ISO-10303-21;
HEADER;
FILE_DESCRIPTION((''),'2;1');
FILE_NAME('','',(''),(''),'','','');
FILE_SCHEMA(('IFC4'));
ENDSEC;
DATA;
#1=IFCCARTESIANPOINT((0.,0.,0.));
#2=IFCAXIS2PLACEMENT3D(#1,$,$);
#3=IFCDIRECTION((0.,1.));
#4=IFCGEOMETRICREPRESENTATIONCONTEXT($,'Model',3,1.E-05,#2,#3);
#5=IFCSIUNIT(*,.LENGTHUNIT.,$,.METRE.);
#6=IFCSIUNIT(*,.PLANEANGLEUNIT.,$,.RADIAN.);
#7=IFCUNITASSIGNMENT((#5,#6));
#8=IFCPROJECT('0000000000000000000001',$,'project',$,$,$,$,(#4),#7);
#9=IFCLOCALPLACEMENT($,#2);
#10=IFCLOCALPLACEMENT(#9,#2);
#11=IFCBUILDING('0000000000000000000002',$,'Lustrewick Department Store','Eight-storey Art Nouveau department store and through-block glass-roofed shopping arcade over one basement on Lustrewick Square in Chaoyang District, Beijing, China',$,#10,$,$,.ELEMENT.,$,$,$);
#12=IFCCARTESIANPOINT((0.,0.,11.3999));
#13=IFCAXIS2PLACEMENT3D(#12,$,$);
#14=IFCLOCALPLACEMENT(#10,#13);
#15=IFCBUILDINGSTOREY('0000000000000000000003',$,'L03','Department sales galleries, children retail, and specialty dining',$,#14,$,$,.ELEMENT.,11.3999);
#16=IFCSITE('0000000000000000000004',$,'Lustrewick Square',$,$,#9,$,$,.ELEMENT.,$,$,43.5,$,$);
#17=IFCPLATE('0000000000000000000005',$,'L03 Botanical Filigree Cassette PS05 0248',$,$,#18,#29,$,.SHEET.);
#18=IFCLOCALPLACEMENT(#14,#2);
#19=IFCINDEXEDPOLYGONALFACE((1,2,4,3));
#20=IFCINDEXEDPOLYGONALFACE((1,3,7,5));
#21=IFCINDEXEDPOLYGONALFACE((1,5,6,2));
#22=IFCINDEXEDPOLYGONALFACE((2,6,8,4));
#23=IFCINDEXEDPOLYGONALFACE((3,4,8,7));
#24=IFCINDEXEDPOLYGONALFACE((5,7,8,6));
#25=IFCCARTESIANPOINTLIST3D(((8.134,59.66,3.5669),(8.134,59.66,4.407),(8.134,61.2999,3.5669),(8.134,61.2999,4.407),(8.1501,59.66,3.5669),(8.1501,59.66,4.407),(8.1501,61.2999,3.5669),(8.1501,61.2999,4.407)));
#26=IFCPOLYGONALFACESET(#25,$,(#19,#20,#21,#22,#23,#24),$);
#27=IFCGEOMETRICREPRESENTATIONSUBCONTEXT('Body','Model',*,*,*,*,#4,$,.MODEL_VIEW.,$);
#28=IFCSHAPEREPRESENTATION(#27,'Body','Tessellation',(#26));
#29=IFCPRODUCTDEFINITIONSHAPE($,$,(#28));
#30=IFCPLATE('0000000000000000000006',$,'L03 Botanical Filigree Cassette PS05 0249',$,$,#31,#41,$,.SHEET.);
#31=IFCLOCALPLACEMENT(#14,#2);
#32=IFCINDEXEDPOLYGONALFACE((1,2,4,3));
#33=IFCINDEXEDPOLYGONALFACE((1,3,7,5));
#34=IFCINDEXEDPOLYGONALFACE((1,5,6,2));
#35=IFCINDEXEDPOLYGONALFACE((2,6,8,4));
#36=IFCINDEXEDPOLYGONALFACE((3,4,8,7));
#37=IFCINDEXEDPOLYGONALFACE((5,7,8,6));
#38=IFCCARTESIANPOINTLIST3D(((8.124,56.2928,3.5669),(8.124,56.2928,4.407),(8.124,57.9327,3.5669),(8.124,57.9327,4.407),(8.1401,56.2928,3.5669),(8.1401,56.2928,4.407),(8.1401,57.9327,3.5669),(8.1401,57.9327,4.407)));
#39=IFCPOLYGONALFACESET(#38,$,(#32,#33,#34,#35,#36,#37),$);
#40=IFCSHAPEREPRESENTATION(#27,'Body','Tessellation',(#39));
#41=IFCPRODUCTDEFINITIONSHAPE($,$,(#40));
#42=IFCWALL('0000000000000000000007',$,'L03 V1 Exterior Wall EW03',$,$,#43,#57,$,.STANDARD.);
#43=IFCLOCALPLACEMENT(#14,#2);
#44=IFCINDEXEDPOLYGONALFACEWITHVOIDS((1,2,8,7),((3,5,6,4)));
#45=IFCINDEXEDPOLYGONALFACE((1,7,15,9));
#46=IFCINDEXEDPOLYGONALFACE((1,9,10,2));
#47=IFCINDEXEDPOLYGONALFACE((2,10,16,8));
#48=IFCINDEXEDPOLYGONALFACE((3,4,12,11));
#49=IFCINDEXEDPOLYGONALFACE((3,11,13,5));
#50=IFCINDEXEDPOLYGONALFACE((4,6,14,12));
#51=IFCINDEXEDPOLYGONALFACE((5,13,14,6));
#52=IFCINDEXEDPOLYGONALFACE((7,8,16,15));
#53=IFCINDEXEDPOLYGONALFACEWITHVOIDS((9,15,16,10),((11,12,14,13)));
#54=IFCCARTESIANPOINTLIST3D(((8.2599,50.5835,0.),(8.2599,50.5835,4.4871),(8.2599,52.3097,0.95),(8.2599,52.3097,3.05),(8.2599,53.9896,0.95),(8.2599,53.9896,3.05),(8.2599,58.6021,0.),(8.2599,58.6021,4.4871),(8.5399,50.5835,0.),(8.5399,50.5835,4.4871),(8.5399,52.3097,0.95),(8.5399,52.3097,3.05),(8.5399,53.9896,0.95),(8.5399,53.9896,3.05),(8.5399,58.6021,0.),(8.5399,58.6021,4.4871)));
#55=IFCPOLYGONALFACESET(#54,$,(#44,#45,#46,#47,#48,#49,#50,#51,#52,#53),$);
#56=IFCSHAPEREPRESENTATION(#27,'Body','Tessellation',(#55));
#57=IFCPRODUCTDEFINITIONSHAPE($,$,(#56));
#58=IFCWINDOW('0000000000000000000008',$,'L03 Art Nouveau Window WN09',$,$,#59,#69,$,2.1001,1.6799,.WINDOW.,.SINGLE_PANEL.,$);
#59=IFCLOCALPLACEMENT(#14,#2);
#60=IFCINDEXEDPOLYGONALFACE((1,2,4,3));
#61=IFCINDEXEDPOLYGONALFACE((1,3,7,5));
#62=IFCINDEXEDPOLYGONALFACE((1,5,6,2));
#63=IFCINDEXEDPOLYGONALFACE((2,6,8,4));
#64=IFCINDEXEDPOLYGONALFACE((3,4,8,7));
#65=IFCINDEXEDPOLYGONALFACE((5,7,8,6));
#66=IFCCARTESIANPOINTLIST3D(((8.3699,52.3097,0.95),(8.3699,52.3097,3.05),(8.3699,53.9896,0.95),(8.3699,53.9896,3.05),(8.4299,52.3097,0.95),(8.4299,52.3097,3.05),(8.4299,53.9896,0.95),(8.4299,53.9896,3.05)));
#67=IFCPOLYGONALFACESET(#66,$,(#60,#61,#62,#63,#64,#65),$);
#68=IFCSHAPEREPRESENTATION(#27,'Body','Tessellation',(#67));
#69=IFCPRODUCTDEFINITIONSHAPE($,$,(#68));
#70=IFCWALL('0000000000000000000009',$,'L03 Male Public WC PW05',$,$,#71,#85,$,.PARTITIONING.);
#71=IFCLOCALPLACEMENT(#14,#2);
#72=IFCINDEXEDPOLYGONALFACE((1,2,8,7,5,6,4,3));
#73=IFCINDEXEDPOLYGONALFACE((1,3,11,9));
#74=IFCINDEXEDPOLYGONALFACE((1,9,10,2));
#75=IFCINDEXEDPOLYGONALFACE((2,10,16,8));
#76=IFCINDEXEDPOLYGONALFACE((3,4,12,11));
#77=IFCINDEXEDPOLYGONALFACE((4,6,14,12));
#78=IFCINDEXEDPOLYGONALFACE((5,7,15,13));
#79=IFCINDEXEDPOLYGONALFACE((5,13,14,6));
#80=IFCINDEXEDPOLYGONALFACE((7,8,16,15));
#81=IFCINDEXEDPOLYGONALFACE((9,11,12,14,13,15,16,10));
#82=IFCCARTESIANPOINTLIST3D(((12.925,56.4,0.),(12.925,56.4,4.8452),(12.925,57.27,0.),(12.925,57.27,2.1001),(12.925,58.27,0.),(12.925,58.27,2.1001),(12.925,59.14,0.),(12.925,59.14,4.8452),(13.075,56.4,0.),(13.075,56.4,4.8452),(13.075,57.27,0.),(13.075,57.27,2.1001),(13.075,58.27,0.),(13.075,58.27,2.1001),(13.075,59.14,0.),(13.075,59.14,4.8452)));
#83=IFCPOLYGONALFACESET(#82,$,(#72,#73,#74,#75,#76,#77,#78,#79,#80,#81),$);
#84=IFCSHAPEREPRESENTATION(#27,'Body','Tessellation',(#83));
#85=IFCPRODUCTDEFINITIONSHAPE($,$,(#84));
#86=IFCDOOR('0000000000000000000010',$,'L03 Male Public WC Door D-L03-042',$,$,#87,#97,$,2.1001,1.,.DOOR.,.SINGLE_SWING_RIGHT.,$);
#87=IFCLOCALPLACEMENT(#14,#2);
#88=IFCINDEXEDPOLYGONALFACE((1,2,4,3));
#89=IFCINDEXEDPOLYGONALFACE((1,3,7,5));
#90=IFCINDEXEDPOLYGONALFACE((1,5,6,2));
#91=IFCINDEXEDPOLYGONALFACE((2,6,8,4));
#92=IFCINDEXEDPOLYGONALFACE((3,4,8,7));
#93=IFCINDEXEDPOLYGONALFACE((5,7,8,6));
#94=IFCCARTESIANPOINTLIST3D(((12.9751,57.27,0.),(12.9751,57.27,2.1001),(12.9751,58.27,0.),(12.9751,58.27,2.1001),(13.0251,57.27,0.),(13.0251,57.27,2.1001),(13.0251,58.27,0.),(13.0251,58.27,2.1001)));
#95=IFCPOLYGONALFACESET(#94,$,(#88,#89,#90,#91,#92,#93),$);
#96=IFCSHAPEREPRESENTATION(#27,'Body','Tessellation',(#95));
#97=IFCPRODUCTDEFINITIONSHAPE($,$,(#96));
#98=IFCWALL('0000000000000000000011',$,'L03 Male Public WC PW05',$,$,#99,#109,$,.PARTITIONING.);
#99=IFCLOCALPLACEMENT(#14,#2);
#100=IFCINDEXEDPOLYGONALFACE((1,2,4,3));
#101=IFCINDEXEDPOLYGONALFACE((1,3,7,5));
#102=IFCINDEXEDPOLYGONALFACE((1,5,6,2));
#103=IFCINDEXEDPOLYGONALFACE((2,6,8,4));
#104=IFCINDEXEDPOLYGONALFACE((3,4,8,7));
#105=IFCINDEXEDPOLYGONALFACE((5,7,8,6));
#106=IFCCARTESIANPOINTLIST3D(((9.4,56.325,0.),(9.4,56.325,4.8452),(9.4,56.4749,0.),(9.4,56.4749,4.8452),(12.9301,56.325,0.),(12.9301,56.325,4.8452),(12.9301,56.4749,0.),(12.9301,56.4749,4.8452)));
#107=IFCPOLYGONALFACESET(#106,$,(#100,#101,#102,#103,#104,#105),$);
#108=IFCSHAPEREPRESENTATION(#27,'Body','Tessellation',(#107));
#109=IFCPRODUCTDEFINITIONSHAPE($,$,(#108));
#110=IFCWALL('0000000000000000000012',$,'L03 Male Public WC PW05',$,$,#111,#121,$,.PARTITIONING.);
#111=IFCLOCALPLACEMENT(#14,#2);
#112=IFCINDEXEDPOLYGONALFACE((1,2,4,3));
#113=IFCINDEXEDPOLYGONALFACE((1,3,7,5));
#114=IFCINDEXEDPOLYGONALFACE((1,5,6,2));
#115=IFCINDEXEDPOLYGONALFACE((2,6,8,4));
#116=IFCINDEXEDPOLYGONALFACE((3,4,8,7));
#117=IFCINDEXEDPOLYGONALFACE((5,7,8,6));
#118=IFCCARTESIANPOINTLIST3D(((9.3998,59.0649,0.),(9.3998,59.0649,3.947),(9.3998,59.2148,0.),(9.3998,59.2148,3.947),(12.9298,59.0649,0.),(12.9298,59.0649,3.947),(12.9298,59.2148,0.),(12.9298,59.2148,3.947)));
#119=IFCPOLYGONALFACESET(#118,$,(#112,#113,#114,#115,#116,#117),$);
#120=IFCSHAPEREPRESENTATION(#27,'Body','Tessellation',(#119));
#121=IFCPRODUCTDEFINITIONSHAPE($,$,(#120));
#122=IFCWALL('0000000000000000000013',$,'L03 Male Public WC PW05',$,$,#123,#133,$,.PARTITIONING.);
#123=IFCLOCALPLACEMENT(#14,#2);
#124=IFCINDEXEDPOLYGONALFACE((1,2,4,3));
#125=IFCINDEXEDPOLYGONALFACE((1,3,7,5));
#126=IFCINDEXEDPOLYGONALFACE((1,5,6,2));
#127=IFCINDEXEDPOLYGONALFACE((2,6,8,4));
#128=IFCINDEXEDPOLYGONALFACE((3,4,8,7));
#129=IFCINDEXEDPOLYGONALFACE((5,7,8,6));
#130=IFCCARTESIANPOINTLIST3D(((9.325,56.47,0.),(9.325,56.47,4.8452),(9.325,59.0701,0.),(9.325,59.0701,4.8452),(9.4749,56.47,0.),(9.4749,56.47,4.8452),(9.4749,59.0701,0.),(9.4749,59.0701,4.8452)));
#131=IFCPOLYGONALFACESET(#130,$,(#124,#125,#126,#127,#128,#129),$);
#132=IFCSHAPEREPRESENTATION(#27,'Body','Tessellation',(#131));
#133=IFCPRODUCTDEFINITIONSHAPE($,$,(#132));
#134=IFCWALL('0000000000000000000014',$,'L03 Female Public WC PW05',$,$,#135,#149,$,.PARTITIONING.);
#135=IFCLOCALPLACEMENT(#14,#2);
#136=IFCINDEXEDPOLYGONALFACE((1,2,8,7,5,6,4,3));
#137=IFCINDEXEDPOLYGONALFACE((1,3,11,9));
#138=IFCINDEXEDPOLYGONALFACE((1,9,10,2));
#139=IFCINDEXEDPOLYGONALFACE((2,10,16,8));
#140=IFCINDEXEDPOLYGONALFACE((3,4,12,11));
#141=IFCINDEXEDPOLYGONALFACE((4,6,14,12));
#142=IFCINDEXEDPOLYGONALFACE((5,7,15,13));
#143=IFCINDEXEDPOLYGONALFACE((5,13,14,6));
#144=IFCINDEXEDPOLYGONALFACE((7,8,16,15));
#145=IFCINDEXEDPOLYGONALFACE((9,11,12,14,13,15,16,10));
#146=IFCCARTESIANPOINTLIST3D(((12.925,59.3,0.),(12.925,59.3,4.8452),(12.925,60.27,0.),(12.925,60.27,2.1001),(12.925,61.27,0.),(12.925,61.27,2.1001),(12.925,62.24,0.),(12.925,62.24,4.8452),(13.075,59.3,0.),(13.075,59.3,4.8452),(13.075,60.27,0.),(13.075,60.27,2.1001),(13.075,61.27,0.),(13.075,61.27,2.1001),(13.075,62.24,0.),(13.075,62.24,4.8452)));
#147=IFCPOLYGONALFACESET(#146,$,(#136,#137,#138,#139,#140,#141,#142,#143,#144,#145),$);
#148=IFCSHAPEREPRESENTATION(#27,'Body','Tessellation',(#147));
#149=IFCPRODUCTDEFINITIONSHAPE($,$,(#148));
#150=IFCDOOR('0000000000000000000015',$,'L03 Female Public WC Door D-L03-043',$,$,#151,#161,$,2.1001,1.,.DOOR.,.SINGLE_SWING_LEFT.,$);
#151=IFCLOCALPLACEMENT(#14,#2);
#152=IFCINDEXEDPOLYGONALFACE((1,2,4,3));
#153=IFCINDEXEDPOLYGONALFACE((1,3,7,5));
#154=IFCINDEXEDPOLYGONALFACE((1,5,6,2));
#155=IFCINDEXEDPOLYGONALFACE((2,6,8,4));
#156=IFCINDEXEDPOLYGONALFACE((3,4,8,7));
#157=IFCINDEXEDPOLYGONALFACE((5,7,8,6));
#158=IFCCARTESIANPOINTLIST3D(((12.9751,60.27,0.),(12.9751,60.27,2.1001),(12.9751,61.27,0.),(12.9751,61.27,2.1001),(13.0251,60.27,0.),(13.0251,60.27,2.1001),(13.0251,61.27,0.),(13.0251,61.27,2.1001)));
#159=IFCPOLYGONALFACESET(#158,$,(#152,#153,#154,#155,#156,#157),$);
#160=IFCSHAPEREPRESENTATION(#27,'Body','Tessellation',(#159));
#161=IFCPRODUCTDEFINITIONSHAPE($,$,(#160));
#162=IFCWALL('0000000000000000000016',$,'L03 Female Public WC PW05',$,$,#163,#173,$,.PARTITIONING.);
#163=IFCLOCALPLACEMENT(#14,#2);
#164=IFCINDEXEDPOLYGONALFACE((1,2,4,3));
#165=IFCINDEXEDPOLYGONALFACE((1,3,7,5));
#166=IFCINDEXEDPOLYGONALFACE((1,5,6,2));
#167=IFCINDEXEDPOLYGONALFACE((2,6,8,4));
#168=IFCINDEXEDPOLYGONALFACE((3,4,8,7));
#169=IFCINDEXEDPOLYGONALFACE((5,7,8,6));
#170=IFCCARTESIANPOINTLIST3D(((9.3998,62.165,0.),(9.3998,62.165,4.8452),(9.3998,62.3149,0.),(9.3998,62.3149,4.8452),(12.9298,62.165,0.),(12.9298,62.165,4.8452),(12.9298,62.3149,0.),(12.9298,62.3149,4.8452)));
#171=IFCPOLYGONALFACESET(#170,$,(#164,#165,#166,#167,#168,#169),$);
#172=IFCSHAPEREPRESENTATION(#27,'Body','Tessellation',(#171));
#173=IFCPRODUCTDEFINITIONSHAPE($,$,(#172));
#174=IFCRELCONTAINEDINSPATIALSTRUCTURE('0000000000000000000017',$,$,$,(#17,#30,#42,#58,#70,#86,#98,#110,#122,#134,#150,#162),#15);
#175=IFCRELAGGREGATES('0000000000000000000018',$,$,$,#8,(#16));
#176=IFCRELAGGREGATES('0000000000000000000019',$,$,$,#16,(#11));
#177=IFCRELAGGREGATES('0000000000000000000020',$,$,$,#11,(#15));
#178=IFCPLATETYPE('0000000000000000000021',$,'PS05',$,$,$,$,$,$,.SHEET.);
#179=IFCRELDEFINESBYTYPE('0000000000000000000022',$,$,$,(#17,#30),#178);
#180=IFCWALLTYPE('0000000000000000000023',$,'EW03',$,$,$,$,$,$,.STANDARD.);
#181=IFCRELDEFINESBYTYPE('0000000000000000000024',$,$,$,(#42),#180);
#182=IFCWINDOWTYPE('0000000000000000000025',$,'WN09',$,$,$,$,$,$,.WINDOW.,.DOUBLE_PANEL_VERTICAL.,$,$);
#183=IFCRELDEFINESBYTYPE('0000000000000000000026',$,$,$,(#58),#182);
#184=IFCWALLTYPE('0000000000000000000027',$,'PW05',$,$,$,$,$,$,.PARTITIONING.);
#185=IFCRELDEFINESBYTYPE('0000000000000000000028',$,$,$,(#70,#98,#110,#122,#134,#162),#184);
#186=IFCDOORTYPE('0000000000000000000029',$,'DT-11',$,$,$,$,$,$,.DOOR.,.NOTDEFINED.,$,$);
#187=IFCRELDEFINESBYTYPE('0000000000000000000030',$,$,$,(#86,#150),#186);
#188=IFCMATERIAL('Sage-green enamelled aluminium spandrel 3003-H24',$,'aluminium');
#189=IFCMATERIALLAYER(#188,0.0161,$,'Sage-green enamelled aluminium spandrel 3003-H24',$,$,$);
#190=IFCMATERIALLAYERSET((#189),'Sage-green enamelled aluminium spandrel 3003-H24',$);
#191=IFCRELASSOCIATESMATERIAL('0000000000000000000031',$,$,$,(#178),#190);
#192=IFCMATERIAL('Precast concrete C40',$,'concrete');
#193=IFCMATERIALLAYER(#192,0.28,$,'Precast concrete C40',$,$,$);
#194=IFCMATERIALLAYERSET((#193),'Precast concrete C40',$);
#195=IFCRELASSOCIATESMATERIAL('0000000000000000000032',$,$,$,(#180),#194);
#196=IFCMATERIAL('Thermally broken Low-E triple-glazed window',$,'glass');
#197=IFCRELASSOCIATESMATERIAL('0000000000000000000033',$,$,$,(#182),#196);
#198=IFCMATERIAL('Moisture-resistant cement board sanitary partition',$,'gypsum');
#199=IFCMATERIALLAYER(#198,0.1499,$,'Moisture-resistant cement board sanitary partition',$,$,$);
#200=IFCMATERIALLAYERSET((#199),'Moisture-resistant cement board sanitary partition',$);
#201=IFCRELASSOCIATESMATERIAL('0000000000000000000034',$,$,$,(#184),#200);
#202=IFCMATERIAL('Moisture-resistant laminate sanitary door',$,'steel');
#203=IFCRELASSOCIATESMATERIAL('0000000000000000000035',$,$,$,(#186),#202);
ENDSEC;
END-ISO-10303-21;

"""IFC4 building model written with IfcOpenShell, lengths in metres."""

from ifc_helpers import new_model, si_unit, direction, frame, frame_2d, origin, origin_2d, place, context, subcontext, project, spatial, rectangle, extrude, material, layer, layer_set, type_object, element, fill, save


model = new_model("IFC4")

# Units and contexts
model_context = context("Model", 3, precision=1e-05, world=origin(), true_north=direction((0.0, 1.0)))
body_context = subcontext(model_context, "Body", "Model", "MODEL_VIEW")
ifc_project = project(units=[si_unit("LENGTHUNIT", "METRE"), si_unit("PLANEANGLEUNIT", "RADIAN")], contexts=[model_context])

# Site, building, storey
site_placement = place(None, origin())
site = spatial("IfcSite", under=ifc_project, at=site_placement, Name="Lustrewick Square", CompositionType="ELEMENT", RefElevation=43.5)
building_placement = place(site_placement, origin())
building = spatial("IfcBuilding", under=site, at=building_placement, Name="Lustrewick Department Store", Description="Eight-storey Art Nouveau department store and through-block glass-roofed shopping arcade over one basement on Lustrewick Square in Chaoyang District, Beijing, China", CompositionType="ELEMENT")
storey_placement = place(building_placement, frame((0.0, 0.0, 11.3999)))
storey = spatial("IfcBuildingStorey", under=building, at=storey_placement, Name="L03", Description="Department sales galleries, children retail, and specialty dining", CompositionType="ELEMENT", Elevation=11.3999)

# Plates
ifc_material_1 = material(Name="Sage-green enamelled aluminium spandrel 3003-H24", Category="aluminium")
ifc_layer_1 = layer(ifc_material_1, 0.0161, Name="Sage-green enamelled aluminium spandrel 3003-H24")
ifc_layer_set_1 = layer_set([ifc_layer_1], Name="Sage-green enamelled aluminium spandrel 3003-H24")
plate_type = type_object("IfcPlateType", Name="PS05", PredefinedType="SHEET", material=ifc_layer_set_1)
for number, where, z_axis, x_axis, name in (
    (1, (8.1421, 60.48, 3.5669), (0.0, 0.0, 1.0), (0.0, -1.0, 0.0), "L03 Botanical Filigree Cassette PS05 0248"),
    (2, (8.1321, 57.1128, 3.5669), (0.0, 0.0, 1.0), (0.0, -1.0, 0.0), "L03 Botanical Filigree Cassette PS05 0249"),
):
    element("IfcPlate", number, at=place(storey_placement, frame(where, z_axis=z_axis, x_axis=x_axis)), inside=storey, type_object=plate_type, Name=name, PredefinedType="SHEET", context=body_context, shape_type="SweptSolid", body=[
        extrude(rectangle(XDim=1.6399, YDim=0.0161, at=origin_2d()), origin(), (0.0, 0.0, 1.0), 0.8401),
    ])

# Wall, opening, window
ifc_material_2 = material(Name="Precast concrete C40", Category="concrete")
ifc_layer_2 = layer(ifc_material_2, 0.28, Name="Precast concrete C40")
ifc_layer_set_2 = layer_set([ifc_layer_2], Name="Precast concrete C40")
wall_type_1 = type_object("IfcWallType", Name="EW03", PredefinedType="STANDARD", material=ifc_layer_set_2)
wall_1_placement = place(storey_placement, frame((8.3999, 58.6021, 0.0), z_axis=(0.0, 0.0, 1.0), x_axis=(0.0, -1.0, 0.0)))
wall_1 = element("IfcWall", 3, at=wall_1_placement, inside=storey, type_object=wall_type_1, Name="L03 V1 Exterior Wall EW03", PredefinedType="STANDARD", context=body_context, shape_type="SweptSolid", body=[
    extrude(rectangle(XDim=8.0186, YDim=0.28, at=frame_2d((4.0093, 0.0))), origin(), (0.0, 0.0, 1.0), 4.4871),
])
opening_1_placement = place(wall_1_placement, frame((4.6125, 0.0, 0.95)))
opening_1 = element("IfcOpeningElement", 4, at=opening_1_placement, cuts=wall_1, PredefinedType="OPENING", context=body_context, shape_type="SweptSolid", body=[
    extrude(rectangle(XDim=1.6799, YDim=2.1001, at=frame_2d((0.8398, 1.05))), frame((0.0, 0.1499, 0.0), z_axis=(0.0, -1.0, 0.0), x_axis=(1.0, 0.0, 0.0)), (0.0, 0.0, 1.0), 0.3),
])
ifc_material_3 = material(Name="Thermally broken Low-E triple-glazed window", Category="glass")
window_type = type_object("IfcWindowType", Name="WN09", PartitioningType="DOUBLE_PANEL_VERTICAL", PredefinedType="WINDOW", material=ifc_material_3)
window_placement = place(opening_1_placement, origin())
window = element("IfcWindow", 5, at=window_placement, inside=storey, type_object=window_type, Name="L03 Art Nouveau Window WN09", OverallHeight=2.1001, OverallWidth=1.6799, PartitioningType="SINGLE_PANEL", PredefinedType="WINDOW", context=body_context, shape_type="SweptSolid", body=[
    extrude(rectangle(XDim=1.6799, YDim=2.1001, at=frame_2d((0.8398, 1.05))), frame((0.0, 0.03, 0.0), z_axis=(0.0, -1.0, 0.0), x_axis=(1.0, 0.0, 0.0)), (0.0, 0.0, 1.0), 0.0601),
])
fill(opening_1, window)

# Wall, opening, door
ifc_material_4 = material(Name="Moisture-resistant cement board sanitary partition", Category="gypsum")
ifc_layer_3 = layer(ifc_material_4, 0.1499, Name="Moisture-resistant cement board sanitary partition")
ifc_layer_set_3 = layer_set([ifc_layer_3], Name="Moisture-resistant cement board sanitary partition")
wall_type_2 = type_object("IfcWallType", Name="PW05", PredefinedType="PARTITIONING", material=ifc_layer_set_3)
wall_2_placement = place(storey_placement, frame((13.0, 56.3999, 0.0), z_axis=(0.0, 0.0, 1.0), x_axis=(0.0, 1.0, 0.0)))
wall_2 = element("IfcWall", 6, at=wall_2_placement, inside=storey, type_object=wall_type_2, Name="L03 Male Public WC PW05", PredefinedType="PARTITIONING", context=body_context, shape_type="SweptSolid", body=[
    extrude(rectangle(XDim=2.74, YDim=0.1499, at=frame_2d((1.3701, 0.0))), origin(), (0.0, 0.0, 1.0), 4.8452),
])
opening_2_placement = place(wall_2_placement, frame((0.8701, 0.0, 0.0)))
opening_2 = element("IfcOpeningElement", 7, at=opening_2_placement, cuts=wall_2, PredefinedType="OPENING", context=body_context, shape_type="SweptSolid", body=[
    extrude(rectangle(XDim=1.0, YDim=2.1001, at=frame_2d((0.5, 1.05))), frame((0.0, 0.085, 0.0), z_axis=(0.0, -1.0, 0.0), x_axis=(1.0, 0.0, 0.0)), (0.0, 0.0, 1.0), 0.1699),
])
ifc_material_5 = material(Name="Moisture-resistant laminate sanitary door", Category="steel")
door_type_1 = type_object("IfcDoorType", Name="DT-11", OperationType="NOTDEFINED", PredefinedType="DOOR", material=ifc_material_5)
door_1_placement = place(opening_2_placement, origin())
door_1 = element("IfcDoor", 8, at=door_1_placement, inside=storey, type_object=door_type_1, Name="L03 Male Public WC Door D-L03-042", OperationType="SINGLE_SWING_RIGHT", OverallHeight=2.1001, OverallWidth=1.0, PredefinedType="DOOR", context=body_context, shape_type="SweptSolid", body=[
    extrude(rectangle(XDim=1.0, YDim=2.1001, at=frame_2d((0.5, 1.05))), frame((0.0, 0.0249, 0.0), z_axis=(0.0, -1.0, 0.0), x_axis=(1.0, 0.0, 0.0)), (0.0, 0.0, 1.0), 0.05),
])
fill(opening_2, door_1)

# Walls
wall_3_placement = place(storey_placement, frame((9.3999, 56.3999, 0.0), z_axis=(0.0, 0.0, 1.0), x_axis=(1.0, 0.0, 0.0)))
element("IfcWall", 9, at=wall_3_placement, inside=storey, type_object=wall_type_2, Name="L03 Male Public WC PW05", PredefinedType="PARTITIONING", context=body_context, shape_type="SweptSolid", body=[
    extrude(rectangle(XDim=3.53, YDim=0.1499, at=frame_2d((1.7651, 0.0))), origin(), (0.0, 0.0, 1.0), 4.8452),
])
wall_4_placement = place(storey_placement, frame((12.9299, 59.1399, 0.0), z_axis=(0.0, 0.0, 1.0), x_axis=(-1.0, 0.0, 0.0)))
element("IfcWall", 10, at=wall_4_placement, inside=storey, type_object=wall_type_2, Name="L03 Male Public WC PW05", PredefinedType="PARTITIONING", context=body_context, shape_type="SweptSolid", body=[
    extrude(rectangle(XDim=3.53, YDim=0.1499, at=frame_2d((1.7651, 0.0))), origin(), (0.0, 0.0, 1.0), 3.947),
])
wall_5_placement = place(storey_placement, frame((9.3999, 59.0701, 0.0), z_axis=(0.0, 0.0, 1.0), x_axis=(0.0, -1.0, 0.0)))
element("IfcWall", 11, at=wall_5_placement, inside=storey, type_object=wall_type_2, Name="L03 Male Public WC PW05", PredefinedType="PARTITIONING", context=body_context, shape_type="SweptSolid", body=[
    extrude(rectangle(XDim=2.6001, YDim=0.1499, at=frame_2d((1.3, 0.0))), origin(), (0.0, 0.0, 1.0), 4.8452),
])

# Wall, opening, door
wall_6_placement = place(storey_placement, frame((13.0, 59.3, 0.0), z_axis=(0.0, 0.0, 1.0), x_axis=(0.0, 1.0, 0.0)))
wall_6 = element("IfcWall", 12, at=wall_6_placement, inside=storey, type_object=wall_type_2, Name="L03 Female Public WC PW05", PredefinedType="PARTITIONING", context=body_context, shape_type="SweptSolid", body=[
    extrude(rectangle(XDim=2.9399, YDim=0.1499, at=frame_2d((1.47, 0.0))), origin(), (0.0, 0.0, 1.0), 4.8452),
])
opening_3_placement = place(wall_6_placement, frame((0.97, 0.0, 0.0)))
opening_3 = element("IfcOpeningElement", 13, at=opening_3_placement, cuts=wall_6, PredefinedType="OPENING", context=body_context, shape_type="SweptSolid", body=[
    extrude(rectangle(XDim=1.0, YDim=2.1001, at=frame_2d((0.5, 1.05))), frame((0.0, 0.085, 0.0), z_axis=(0.0, -1.0, 0.0), x_axis=(1.0, 0.0, 0.0)), (0.0, 0.0, 1.0), 0.1699),
])
door_2_placement = place(opening_3_placement, origin())
door_2 = element("IfcDoor", 14, at=door_2_placement, inside=storey, type_object=door_type_1, Name="L03 Female Public WC Door D-L03-043", OperationType="SINGLE_SWING_LEFT", OverallHeight=2.1001, OverallWidth=1.0, PredefinedType="DOOR", context=body_context, shape_type="SweptSolid", body=[
    extrude(rectangle(XDim=1.0, YDim=2.1001, at=frame_2d((0.5, 1.05))), frame((0.0, 0.0249, 0.0), z_axis=(0.0, -1.0, 0.0), x_axis=(1.0, 0.0, 0.0)), (0.0, 0.0, 1.0), 0.05),
])
fill(opening_3, door_2)

# Wall
wall_7_placement = place(storey_placement, frame((12.9299, 62.24, 0.0), z_axis=(0.0, 0.0, 1.0), x_axis=(-1.0, 0.0, 0.0)))
element("IfcWall", 15, at=wall_7_placement, inside=storey, type_object=wall_type_2, Name="L03 Female Public WC PW05", PredefinedType="PARTITIONING", context=body_context, shape_type="SweptSolid", body=[
    extrude(rectangle(XDim=3.53, YDim=0.1499, at=frame_2d((1.7651, 0.0))), origin(), (0.0, 0.0, 1.0), 4.8452),
])

save(model, "model.ifc")
